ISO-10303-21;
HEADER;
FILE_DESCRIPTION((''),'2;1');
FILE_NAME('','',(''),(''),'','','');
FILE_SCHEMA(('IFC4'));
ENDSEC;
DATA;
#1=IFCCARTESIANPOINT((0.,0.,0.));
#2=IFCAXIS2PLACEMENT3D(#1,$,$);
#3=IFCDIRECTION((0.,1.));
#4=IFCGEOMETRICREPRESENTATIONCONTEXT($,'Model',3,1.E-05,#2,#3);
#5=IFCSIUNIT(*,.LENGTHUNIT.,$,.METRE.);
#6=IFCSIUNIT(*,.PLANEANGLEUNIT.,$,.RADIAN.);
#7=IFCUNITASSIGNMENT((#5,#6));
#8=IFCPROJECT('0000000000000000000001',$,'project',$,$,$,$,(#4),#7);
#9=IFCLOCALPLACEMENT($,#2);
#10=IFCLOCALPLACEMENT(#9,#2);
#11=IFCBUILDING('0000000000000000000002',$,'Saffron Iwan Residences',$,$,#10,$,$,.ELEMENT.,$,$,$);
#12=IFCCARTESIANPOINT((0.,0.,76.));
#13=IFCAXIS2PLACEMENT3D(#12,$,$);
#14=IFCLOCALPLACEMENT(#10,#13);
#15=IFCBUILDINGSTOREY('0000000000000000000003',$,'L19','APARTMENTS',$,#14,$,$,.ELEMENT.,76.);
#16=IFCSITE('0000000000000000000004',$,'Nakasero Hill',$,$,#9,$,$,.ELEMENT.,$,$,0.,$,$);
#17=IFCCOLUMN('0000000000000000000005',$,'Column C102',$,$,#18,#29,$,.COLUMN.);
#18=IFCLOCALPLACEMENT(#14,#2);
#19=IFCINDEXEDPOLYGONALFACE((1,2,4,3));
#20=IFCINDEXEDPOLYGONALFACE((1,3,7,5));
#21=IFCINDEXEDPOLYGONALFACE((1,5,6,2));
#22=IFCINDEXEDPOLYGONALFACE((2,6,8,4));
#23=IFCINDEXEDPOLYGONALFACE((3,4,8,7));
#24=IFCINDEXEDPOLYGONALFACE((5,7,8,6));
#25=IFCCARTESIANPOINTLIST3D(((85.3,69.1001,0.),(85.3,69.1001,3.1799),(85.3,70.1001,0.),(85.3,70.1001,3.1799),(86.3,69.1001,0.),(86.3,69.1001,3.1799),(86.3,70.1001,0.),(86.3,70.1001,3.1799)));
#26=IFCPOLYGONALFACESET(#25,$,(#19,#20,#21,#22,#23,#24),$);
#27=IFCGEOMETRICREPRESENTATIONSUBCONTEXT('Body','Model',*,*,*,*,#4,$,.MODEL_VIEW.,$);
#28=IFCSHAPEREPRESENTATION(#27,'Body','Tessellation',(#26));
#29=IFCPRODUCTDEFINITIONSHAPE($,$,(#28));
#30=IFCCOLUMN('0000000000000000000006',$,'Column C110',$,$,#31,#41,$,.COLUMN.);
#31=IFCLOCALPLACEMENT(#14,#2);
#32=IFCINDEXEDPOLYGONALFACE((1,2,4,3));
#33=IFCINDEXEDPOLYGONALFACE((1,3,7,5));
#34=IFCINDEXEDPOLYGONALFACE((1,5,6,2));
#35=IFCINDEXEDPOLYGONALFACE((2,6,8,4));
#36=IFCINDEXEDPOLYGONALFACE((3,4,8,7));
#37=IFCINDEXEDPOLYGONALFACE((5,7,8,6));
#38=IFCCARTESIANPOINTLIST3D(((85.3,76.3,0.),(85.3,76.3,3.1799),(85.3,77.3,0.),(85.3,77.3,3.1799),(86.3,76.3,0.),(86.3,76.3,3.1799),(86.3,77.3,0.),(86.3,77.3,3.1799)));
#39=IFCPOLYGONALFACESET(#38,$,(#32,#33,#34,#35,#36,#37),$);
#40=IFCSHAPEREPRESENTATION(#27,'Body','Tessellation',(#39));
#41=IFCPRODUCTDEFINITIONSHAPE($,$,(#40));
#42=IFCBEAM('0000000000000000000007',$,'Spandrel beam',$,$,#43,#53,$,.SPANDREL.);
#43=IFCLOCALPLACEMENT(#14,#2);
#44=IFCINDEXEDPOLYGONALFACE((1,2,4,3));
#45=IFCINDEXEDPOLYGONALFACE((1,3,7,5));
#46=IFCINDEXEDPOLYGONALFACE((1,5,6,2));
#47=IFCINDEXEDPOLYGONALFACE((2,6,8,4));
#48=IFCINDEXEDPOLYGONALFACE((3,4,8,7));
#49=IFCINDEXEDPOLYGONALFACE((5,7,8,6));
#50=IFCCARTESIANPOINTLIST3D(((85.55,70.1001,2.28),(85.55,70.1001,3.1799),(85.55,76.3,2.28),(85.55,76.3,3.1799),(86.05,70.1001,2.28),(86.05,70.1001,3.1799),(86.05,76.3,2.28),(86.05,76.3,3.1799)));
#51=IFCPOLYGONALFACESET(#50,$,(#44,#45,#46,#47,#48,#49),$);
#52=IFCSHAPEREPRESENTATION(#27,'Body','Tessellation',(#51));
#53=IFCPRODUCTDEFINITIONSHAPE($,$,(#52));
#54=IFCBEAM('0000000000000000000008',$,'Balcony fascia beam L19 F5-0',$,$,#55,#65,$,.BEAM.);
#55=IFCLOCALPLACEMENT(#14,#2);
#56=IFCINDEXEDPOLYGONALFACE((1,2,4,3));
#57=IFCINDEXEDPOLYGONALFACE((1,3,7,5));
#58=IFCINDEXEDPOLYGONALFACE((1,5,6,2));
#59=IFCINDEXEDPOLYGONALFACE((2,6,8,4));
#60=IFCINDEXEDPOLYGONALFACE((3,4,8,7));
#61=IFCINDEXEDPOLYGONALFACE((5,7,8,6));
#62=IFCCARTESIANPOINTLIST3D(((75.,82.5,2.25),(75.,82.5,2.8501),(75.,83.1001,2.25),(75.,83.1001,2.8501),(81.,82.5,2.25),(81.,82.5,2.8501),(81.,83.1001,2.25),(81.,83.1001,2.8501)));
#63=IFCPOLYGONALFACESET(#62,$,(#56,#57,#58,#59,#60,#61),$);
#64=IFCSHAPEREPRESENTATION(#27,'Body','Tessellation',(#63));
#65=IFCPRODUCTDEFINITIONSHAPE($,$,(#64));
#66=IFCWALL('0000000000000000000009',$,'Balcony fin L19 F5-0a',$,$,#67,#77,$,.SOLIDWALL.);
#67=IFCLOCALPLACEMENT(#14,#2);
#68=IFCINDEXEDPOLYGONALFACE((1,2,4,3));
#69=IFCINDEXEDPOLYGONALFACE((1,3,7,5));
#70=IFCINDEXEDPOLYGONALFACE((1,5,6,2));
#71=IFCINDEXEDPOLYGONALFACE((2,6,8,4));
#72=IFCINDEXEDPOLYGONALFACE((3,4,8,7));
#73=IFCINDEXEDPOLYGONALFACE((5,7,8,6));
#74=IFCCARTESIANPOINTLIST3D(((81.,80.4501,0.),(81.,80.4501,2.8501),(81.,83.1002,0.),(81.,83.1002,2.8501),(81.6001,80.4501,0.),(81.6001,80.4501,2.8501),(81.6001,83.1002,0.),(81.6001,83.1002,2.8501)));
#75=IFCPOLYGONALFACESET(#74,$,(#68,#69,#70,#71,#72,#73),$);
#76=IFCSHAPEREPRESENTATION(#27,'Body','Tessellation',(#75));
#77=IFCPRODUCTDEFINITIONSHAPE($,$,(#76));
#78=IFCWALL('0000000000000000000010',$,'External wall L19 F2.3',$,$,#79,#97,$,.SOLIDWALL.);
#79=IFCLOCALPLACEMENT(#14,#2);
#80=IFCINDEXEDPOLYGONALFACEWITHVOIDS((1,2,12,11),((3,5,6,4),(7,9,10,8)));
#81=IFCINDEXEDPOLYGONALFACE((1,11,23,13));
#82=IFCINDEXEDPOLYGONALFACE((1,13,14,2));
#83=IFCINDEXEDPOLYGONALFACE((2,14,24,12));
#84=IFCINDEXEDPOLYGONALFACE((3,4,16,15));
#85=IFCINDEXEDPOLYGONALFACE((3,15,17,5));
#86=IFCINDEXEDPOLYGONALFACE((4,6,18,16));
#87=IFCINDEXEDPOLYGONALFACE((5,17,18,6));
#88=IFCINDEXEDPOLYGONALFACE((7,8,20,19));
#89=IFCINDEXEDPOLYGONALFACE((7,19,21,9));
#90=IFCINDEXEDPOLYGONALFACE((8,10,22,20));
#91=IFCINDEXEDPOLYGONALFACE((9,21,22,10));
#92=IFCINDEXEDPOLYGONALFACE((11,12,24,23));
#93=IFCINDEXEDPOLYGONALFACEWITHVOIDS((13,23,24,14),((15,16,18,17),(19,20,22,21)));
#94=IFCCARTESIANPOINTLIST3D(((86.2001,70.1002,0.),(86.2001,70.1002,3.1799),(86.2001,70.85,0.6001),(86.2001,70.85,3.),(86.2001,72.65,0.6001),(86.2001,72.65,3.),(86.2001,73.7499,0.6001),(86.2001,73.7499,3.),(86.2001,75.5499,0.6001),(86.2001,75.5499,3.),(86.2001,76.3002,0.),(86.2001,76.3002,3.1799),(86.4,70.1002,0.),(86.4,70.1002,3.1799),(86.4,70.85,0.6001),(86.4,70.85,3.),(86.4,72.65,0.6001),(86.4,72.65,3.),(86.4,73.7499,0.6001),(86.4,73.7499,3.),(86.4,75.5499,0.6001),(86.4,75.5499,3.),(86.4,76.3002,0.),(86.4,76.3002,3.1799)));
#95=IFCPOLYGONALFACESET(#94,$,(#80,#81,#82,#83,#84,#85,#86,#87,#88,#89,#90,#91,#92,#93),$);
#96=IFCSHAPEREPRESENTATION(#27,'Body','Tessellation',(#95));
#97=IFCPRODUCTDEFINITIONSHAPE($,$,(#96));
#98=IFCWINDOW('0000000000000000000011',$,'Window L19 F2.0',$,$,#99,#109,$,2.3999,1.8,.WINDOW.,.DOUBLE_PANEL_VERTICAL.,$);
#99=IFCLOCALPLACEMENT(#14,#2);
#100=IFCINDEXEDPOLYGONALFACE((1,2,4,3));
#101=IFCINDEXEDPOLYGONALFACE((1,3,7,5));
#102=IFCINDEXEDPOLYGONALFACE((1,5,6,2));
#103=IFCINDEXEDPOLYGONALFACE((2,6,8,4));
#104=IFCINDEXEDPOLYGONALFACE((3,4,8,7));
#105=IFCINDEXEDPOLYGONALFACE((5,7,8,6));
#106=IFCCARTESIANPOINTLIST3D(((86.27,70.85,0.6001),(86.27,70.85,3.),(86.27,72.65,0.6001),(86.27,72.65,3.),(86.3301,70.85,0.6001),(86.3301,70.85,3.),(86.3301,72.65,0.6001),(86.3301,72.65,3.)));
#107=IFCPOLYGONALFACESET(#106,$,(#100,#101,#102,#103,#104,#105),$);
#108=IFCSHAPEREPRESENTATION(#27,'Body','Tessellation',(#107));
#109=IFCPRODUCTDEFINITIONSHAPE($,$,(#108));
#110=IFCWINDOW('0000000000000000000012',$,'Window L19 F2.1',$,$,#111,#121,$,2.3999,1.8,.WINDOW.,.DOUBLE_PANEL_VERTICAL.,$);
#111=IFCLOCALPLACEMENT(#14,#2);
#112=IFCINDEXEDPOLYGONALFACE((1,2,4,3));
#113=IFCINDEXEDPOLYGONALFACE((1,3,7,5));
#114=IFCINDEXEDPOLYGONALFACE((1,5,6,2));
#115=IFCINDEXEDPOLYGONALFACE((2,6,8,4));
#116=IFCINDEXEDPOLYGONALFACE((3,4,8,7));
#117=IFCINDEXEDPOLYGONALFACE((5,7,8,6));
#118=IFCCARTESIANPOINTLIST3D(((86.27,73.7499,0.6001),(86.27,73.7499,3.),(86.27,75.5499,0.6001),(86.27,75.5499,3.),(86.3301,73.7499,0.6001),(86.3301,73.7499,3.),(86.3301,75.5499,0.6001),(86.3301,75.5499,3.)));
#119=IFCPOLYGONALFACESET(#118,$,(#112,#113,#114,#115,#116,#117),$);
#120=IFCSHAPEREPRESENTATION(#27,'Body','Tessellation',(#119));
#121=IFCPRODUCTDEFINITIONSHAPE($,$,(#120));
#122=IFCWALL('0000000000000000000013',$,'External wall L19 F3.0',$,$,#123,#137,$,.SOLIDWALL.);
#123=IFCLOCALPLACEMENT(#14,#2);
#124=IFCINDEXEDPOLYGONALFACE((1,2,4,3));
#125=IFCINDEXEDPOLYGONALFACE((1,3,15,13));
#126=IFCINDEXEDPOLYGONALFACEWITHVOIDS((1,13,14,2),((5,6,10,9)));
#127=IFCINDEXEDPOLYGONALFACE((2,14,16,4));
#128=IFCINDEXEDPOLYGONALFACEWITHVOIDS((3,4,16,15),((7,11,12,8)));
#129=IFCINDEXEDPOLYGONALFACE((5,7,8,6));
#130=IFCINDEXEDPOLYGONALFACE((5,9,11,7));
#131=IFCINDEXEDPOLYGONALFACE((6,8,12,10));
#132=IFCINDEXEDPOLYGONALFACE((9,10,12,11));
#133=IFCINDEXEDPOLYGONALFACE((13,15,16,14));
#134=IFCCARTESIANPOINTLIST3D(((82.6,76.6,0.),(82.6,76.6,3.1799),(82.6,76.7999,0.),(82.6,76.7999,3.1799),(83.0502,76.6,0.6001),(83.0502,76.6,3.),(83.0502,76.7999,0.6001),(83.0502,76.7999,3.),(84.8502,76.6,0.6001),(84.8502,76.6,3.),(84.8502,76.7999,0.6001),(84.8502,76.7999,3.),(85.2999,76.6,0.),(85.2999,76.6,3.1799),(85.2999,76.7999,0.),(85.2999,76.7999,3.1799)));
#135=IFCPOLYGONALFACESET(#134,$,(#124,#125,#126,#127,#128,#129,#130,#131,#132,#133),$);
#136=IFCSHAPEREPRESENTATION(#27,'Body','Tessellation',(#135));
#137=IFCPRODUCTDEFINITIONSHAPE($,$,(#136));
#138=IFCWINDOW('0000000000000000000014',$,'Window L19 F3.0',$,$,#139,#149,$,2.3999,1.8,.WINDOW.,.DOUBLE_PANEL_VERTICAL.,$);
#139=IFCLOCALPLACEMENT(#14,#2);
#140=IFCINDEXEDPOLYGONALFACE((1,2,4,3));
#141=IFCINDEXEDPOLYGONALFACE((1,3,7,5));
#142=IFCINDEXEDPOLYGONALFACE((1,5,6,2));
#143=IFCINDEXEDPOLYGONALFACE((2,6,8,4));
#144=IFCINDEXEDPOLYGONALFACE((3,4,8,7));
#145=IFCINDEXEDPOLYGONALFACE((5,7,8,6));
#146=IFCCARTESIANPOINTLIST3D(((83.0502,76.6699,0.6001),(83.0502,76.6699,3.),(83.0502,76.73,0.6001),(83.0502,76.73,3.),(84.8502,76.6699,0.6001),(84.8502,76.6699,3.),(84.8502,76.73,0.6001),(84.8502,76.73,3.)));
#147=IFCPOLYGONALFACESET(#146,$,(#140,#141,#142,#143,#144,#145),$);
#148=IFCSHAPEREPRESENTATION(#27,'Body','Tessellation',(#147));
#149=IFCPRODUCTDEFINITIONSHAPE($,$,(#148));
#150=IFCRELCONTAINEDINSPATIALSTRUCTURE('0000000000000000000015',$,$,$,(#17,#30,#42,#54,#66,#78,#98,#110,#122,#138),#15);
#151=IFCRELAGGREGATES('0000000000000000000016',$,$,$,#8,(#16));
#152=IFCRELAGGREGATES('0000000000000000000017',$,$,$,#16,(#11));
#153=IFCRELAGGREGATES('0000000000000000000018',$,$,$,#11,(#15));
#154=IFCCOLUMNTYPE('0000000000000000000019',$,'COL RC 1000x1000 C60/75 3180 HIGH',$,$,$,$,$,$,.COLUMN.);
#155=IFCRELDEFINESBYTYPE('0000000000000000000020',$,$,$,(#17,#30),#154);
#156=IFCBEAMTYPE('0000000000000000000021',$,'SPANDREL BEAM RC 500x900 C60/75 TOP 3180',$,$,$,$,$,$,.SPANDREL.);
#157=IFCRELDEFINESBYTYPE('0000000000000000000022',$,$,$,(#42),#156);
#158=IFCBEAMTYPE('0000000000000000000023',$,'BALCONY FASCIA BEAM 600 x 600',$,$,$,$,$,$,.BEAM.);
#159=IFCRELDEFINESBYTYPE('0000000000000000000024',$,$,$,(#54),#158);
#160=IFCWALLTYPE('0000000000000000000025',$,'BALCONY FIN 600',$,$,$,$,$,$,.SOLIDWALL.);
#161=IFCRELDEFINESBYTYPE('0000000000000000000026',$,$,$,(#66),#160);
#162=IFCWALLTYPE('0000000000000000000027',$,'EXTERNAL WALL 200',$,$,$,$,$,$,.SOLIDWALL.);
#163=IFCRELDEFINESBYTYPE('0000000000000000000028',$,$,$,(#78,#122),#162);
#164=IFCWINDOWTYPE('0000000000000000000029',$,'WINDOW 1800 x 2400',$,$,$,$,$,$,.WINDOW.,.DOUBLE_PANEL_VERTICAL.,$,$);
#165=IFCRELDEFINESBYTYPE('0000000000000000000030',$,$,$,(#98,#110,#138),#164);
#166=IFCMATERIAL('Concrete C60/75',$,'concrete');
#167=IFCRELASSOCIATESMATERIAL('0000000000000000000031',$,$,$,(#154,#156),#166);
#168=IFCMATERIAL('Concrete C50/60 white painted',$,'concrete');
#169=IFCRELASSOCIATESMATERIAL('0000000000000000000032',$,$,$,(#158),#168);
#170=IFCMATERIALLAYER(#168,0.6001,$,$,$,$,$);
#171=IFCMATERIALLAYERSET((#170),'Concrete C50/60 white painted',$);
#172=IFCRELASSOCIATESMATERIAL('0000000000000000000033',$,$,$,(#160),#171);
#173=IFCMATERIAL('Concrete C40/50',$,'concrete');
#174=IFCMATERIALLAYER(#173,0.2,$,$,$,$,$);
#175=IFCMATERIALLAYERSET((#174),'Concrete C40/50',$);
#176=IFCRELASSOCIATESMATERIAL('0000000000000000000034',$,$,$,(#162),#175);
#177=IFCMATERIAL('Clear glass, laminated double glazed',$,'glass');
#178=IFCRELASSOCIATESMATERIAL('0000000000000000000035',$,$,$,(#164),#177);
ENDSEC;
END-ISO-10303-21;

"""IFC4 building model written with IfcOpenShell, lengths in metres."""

from ifc_helpers import new_model, si_unit, direction, frame, frame_2d, origin, origin_2d, place, context, subcontext, project, spatial, rectangle, extrude, source, transform, mapped, material, layer, layer_set, material_profile, profile_set, type_object, element, fill, save


model = new_model("IFC4")

# Units and contexts
model_context = context("Model", 3, precision=1e-05, world=origin(), true_north=direction((0.0, 1.0)))
body_context = subcontext(model_context, "Body", "Model", "MODEL_VIEW")
ifc_project = project(units=[si_unit("LENGTHUNIT", "METRE"), si_unit("PLANEANGLEUNIT", "RADIAN")], contexts=[model_context])

# Site, building, storey
site_placement = place(None, origin())
site = spatial("IfcSite", under=ifc_project, at=site_placement, Name="Nakasero Hill", CompositionType="ELEMENT", RefElevation=0.0)
building_placement = place(site_placement, origin())
building = spatial("IfcBuilding", under=site, at=building_placement, Name="Saffron Iwan Residences", CompositionType="ELEMENT")
storey_placement = place(building_placement, frame((0.0, 0.0, 76.0)))
storey = spatial("IfcBuildingStorey", under=building, at=storey_placement, Name="L19", Description="APARTMENTS", CompositionType="ELEMENT", Elevation=76.0)

# Columns
ifc_material_1 = material(Name="Concrete C60/75", Category="concrete")
ifc_material_profile_1 = material_profile(ifc_material_1, rectangle(XDim=1.0, YDim=1.0, at=origin_2d()), Name="RC 1000x1000")
ifc_profile_set_1 = profile_set([ifc_material_profile_1], Name="Concrete C60/75")
column_type = type_object("IfcColumnType", Name="COL RC 1000x1000 C60/75 3180 HIGH", PredefinedType="COLUMN", material=ifc_profile_set_1)
shared_shape_1 = source(origin(), body_context, "Body", "SweptSolid", [
    extrude(rectangle(XDim=1.0, YDim=1.0, at=origin_2d()), origin(), (0.0, 0.0, 1.0), 3.1799),
])
for number, where, z_axis, x_axis, name in (
    (1, (85.8, 69.6001, 0.0), (0.0, 0.0, 1.0), (1.0, 0.0, 0.0), "Column C102"),
    (2, (85.8, 76.8, 0.0), (0.0, 0.0, 1.0), (1.0, 0.0, 0.0), "Column C110"),
):
    element("IfcColumn", number, at=place(storey_placement, frame(where, z_axis=z_axis, x_axis=x_axis)), inside=storey, type_object=column_type, Name=name, PredefinedType="COLUMN", context=body_context, shape_type="MappedRepresentation", body=[
        mapped(shared_shape_1, transform((0.0, 0.0, 0.0))),
    ])

# Beams
ifc_material_profile_2 = material_profile(ifc_material_1, rectangle(XDim=0.5, YDim=0.8999, at=origin_2d()), Name="RC 500x900")
ifc_profile_set_2 = profile_set([ifc_material_profile_2], Name="Concrete C60/75")
beam_type_1 = type_object("IfcBeamType", Name="SPANDREL BEAM RC 500x900 C60/75 TOP 3180", PredefinedType="SPANDREL", material=ifc_profile_set_2)
shared_shape_2 = source(origin(), body_context, "Body", "SweptSolid", [
    extrude(rectangle(XDim=0.5, YDim=0.8999, at=origin_2d()), origin(), (0.0, 0.0, 1.0), 6.2),
])
beam_1_placement = place(storey_placement, frame((85.8, 76.3, 2.73), z_axis=(0.0, -1.0, 0.0), x_axis=(1.0, 0.0, 0.0)))
element("IfcBeam", 3, at=beam_1_placement, inside=storey, type_object=beam_type_1, Name="Spandrel beam", PredefinedType="SPANDREL", context=body_context, shape_type="MappedRepresentation", body=[
    mapped(shared_shape_2, transform((0.0, 0.0, 0.0))),
])
ifc_material_2 = material(Name="Concrete C50/60 white painted", Category="concrete")
ifc_material_profile_3 = material_profile(ifc_material_2, rectangle(XDim=0.6001, YDim=0.6001, at=origin_2d()), Name="BALCONY FASCIA BEAM 600 x 600")
ifc_profile_set_3 = profile_set([ifc_material_profile_3], Name="Concrete C50/60 white painted")
beam_type_2 = type_object("IfcBeamType", Name="BALCONY FASCIA BEAM 600 x 600", PredefinedType="BEAM", material=ifc_profile_set_3)
shared_shape_3 = source(origin(), body_context, "Body", "SweptSolid", [
    extrude(rectangle(XDim=0.6001, YDim=0.6001, at=origin_2d()), origin(), (0.0, 0.0, 1.0), 6.0),
])
beam_2_placement = place(storey_placement, frame((81.0, 82.8, 2.55), z_axis=(-1.0, 0.0, 0.0), x_axis=(0.0, -1.0, 0.0)))
element("IfcBeam", 4, at=beam_2_placement, inside=storey, type_object=beam_type_2, Name="Balcony fascia beam L19 F5-0", PredefinedType="BEAM", context=body_context, shape_type="MappedRepresentation", body=[
    mapped(shared_shape_3, transform((0.0, 0.0, 0.0))),
])

# Wall
ifc_layer_1 = layer(ifc_material_2, 0.6001)
ifc_layer_set_1 = layer_set([ifc_layer_1], Name="Concrete C50/60 white painted")
wall_type_1 = type_object("IfcWallType", Name="BALCONY FIN 600", PredefinedType="SOLIDWALL", material=ifc_layer_set_1)
wall_1_placement = place(storey_placement, frame((81.3, 80.45, 0.0), z_axis=(0.0, 0.0, 1.0), x_axis=(0.0, 1.0, 0.0)))
element("IfcWall", 5, at=wall_1_placement, inside=storey, type_object=wall_type_1, Name="Balcony fin L19 F5-0a", PredefinedType="SOLIDWALL", context=body_context, shape_type="SweptSolid", body=[
    extrude(rectangle(XDim=2.6501, YDim=0.6001, at=frame_2d((1.3252, 0.0))), origin(), (0.0, 0.0, 1.0), 2.8501),
])

# Wall, openings, windows
ifc_material_3 = material(Name="Concrete C40/50", Category="concrete")
ifc_layer_2 = layer(ifc_material_3, 0.2)
ifc_layer_set_2 = layer_set([ifc_layer_2], Name="Concrete C40/50")
wall_type_2 = type_object("IfcWallType", Name="EXTERNAL WALL 200", PredefinedType="SOLIDWALL", material=ifc_layer_set_2)
wall_2_placement = place(storey_placement, frame((86.3, 70.1001, 0.0), z_axis=(0.0, 0.0, 1.0), x_axis=(0.0, 1.0, 0.0)))
wall_2 = element("IfcWall", 6, at=wall_2_placement, inside=storey, type_object=wall_type_2, Name="External wall L19 F2.3", PredefinedType="SOLIDWALL", context=body_context, shape_type="SweptSolid", body=[
    extrude(rectangle(XDim=6.2, YDim=0.2, at=frame_2d((3.1001, 0.0))), origin(), (0.0, 0.0, 1.0), 3.1799),
])
opening_1_placement = place(wall_2_placement, frame((0.75, 0.0, 0.6001)))
opening_1 = element("IfcOpeningElement", 7, at=opening_1_placement, cuts=wall_2, PredefinedType="OPENING", context=body_context, shape_type="SweptSolid", body=[
    extrude(rectangle(XDim=1.8, YDim=2.3999, at=frame_2d((0.8999, 1.2))), frame((0.0, 0.1099, 0.0), z_axis=(0.0, -1.0, 0.0), x_axis=(1.0, 0.0, 0.0)), (0.0, 0.0, 1.0), 0.22),
])
opening_2_placement = place(wall_2_placement, frame((3.6499, 0.0, 0.6001)))
opening_2 = element("IfcOpeningElement", 8, at=opening_2_placement, cuts=wall_2, PredefinedType="OPENING", context=body_context, shape_type="SweptSolid", body=[
    extrude(rectangle(XDim=1.8, YDim=2.3999, at=frame_2d((0.8999, 1.2))), frame((0.0, 0.1099, 0.0), z_axis=(0.0, -1.0, 0.0), x_axis=(1.0, 0.0, 0.0)), (0.0, 0.0, 1.0), 0.22),
])
ifc_material_4 = material(Name="Clear glass, laminated double glazed", Category="glass")
window_type_1 = type_object("IfcWindowType", Name="WINDOW 1800 x 2400", PartitioningType="DOUBLE_PANEL_VERTICAL", PredefinedType="WINDOW", material=ifc_material_4)
window_1_placement = place(opening_1_placement, origin())
window_1 = element("IfcWindow", 9, at=window_1_placement, inside=storey, type_object=window_type_1, Name="Window L19 F2.0", OverallHeight=2.3999, OverallWidth=1.8, PartitioningType="DOUBLE_PANEL_VERTICAL", PredefinedType="WINDOW", context=body_context, shape_type="SweptSolid", body=[
    extrude(rectangle(XDim=1.8, YDim=2.3999, at=frame_2d((0.8999, 1.2))), frame((0.0, 0.03, 0.0), z_axis=(0.0, -1.0, 0.0), x_axis=(1.0, 0.0, 0.0)), (0.0, 0.0, 1.0), 0.0601),
])
fill(opening_1, window_1)
window_2_placement = place(opening_2_placement, origin())
window_2 = element("IfcWindow", 10, at=window_2_placement, inside=storey, type_object=window_type_1, Name="Window L19 F2.1", OverallHeight=2.3999, OverallWidth=1.8, PartitioningType="DOUBLE_PANEL_VERTICAL", PredefinedType="WINDOW", context=body_context, shape_type="SweptSolid", body=[
    extrude(rectangle(XDim=1.8, YDim=2.3999, at=frame_2d((0.8999, 1.2))), frame((0.0, 0.03, 0.0), z_axis=(0.0, -1.0, 0.0), x_axis=(1.0, 0.0, 0.0)), (0.0, 0.0, 1.0), 0.0601),
])
fill(opening_2, window_2)

# Wall, opening, window
wall_3_placement = place(storey_placement, frame((85.3, 76.7, 0.0), z_axis=(0.0, 0.0, 1.0), x_axis=(-1.0, 0.0, 0.0)))
wall_3 = element("IfcWall", 11, at=wall_3_placement, inside=storey, type_object=wall_type_2, Name="External wall L19 F3.0", PredefinedType="SOLIDWALL", context=body_context, shape_type="SweptSolid", body=[
    extrude(rectangle(XDim=2.7, YDim=0.2, at=frame_2d((1.3501, 0.0))), origin(), (0.0, 0.0, 1.0), 3.1799),
])
opening_3_placement = place(wall_3_placement, frame((0.45, 0.0, 0.6001)))
opening_3 = element("IfcOpeningElement", 12, at=opening_3_placement, cuts=wall_3, PredefinedType="OPENING", context=body_context, shape_type="SweptSolid", body=[
    extrude(rectangle(XDim=1.8, YDim=2.3999, at=frame_2d((0.8999, 1.2))), frame((0.0, 0.1099, 0.0), z_axis=(0.0, -1.0, 0.0), x_axis=(1.0, 0.0, 0.0)), (0.0, 0.0, 1.0), 0.22),
])
window_3_placement = place(opening_3_placement, origin())
window_3 = element("IfcWindow", 13, at=window_3_placement, inside=storey, type_object=window_type_1, Name="Window L19 F3.0", OverallHeight=2.3999, OverallWidth=1.8, PartitioningType="DOUBLE_PANEL_VERTICAL", PredefinedType="WINDOW", context=body_context, shape_type="SweptSolid", body=[
    extrude(rectangle(XDim=1.8, YDim=2.3999, at=frame_2d((0.8999, 1.2))), frame((0.0, 0.03, 0.0), z_axis=(0.0, -1.0, 0.0), x_axis=(1.0, 0.0, 0.0)), (0.0, 0.0, 1.0), 0.0601),
])
fill(opening_3, window_3)

save(model, "model.ifc")
